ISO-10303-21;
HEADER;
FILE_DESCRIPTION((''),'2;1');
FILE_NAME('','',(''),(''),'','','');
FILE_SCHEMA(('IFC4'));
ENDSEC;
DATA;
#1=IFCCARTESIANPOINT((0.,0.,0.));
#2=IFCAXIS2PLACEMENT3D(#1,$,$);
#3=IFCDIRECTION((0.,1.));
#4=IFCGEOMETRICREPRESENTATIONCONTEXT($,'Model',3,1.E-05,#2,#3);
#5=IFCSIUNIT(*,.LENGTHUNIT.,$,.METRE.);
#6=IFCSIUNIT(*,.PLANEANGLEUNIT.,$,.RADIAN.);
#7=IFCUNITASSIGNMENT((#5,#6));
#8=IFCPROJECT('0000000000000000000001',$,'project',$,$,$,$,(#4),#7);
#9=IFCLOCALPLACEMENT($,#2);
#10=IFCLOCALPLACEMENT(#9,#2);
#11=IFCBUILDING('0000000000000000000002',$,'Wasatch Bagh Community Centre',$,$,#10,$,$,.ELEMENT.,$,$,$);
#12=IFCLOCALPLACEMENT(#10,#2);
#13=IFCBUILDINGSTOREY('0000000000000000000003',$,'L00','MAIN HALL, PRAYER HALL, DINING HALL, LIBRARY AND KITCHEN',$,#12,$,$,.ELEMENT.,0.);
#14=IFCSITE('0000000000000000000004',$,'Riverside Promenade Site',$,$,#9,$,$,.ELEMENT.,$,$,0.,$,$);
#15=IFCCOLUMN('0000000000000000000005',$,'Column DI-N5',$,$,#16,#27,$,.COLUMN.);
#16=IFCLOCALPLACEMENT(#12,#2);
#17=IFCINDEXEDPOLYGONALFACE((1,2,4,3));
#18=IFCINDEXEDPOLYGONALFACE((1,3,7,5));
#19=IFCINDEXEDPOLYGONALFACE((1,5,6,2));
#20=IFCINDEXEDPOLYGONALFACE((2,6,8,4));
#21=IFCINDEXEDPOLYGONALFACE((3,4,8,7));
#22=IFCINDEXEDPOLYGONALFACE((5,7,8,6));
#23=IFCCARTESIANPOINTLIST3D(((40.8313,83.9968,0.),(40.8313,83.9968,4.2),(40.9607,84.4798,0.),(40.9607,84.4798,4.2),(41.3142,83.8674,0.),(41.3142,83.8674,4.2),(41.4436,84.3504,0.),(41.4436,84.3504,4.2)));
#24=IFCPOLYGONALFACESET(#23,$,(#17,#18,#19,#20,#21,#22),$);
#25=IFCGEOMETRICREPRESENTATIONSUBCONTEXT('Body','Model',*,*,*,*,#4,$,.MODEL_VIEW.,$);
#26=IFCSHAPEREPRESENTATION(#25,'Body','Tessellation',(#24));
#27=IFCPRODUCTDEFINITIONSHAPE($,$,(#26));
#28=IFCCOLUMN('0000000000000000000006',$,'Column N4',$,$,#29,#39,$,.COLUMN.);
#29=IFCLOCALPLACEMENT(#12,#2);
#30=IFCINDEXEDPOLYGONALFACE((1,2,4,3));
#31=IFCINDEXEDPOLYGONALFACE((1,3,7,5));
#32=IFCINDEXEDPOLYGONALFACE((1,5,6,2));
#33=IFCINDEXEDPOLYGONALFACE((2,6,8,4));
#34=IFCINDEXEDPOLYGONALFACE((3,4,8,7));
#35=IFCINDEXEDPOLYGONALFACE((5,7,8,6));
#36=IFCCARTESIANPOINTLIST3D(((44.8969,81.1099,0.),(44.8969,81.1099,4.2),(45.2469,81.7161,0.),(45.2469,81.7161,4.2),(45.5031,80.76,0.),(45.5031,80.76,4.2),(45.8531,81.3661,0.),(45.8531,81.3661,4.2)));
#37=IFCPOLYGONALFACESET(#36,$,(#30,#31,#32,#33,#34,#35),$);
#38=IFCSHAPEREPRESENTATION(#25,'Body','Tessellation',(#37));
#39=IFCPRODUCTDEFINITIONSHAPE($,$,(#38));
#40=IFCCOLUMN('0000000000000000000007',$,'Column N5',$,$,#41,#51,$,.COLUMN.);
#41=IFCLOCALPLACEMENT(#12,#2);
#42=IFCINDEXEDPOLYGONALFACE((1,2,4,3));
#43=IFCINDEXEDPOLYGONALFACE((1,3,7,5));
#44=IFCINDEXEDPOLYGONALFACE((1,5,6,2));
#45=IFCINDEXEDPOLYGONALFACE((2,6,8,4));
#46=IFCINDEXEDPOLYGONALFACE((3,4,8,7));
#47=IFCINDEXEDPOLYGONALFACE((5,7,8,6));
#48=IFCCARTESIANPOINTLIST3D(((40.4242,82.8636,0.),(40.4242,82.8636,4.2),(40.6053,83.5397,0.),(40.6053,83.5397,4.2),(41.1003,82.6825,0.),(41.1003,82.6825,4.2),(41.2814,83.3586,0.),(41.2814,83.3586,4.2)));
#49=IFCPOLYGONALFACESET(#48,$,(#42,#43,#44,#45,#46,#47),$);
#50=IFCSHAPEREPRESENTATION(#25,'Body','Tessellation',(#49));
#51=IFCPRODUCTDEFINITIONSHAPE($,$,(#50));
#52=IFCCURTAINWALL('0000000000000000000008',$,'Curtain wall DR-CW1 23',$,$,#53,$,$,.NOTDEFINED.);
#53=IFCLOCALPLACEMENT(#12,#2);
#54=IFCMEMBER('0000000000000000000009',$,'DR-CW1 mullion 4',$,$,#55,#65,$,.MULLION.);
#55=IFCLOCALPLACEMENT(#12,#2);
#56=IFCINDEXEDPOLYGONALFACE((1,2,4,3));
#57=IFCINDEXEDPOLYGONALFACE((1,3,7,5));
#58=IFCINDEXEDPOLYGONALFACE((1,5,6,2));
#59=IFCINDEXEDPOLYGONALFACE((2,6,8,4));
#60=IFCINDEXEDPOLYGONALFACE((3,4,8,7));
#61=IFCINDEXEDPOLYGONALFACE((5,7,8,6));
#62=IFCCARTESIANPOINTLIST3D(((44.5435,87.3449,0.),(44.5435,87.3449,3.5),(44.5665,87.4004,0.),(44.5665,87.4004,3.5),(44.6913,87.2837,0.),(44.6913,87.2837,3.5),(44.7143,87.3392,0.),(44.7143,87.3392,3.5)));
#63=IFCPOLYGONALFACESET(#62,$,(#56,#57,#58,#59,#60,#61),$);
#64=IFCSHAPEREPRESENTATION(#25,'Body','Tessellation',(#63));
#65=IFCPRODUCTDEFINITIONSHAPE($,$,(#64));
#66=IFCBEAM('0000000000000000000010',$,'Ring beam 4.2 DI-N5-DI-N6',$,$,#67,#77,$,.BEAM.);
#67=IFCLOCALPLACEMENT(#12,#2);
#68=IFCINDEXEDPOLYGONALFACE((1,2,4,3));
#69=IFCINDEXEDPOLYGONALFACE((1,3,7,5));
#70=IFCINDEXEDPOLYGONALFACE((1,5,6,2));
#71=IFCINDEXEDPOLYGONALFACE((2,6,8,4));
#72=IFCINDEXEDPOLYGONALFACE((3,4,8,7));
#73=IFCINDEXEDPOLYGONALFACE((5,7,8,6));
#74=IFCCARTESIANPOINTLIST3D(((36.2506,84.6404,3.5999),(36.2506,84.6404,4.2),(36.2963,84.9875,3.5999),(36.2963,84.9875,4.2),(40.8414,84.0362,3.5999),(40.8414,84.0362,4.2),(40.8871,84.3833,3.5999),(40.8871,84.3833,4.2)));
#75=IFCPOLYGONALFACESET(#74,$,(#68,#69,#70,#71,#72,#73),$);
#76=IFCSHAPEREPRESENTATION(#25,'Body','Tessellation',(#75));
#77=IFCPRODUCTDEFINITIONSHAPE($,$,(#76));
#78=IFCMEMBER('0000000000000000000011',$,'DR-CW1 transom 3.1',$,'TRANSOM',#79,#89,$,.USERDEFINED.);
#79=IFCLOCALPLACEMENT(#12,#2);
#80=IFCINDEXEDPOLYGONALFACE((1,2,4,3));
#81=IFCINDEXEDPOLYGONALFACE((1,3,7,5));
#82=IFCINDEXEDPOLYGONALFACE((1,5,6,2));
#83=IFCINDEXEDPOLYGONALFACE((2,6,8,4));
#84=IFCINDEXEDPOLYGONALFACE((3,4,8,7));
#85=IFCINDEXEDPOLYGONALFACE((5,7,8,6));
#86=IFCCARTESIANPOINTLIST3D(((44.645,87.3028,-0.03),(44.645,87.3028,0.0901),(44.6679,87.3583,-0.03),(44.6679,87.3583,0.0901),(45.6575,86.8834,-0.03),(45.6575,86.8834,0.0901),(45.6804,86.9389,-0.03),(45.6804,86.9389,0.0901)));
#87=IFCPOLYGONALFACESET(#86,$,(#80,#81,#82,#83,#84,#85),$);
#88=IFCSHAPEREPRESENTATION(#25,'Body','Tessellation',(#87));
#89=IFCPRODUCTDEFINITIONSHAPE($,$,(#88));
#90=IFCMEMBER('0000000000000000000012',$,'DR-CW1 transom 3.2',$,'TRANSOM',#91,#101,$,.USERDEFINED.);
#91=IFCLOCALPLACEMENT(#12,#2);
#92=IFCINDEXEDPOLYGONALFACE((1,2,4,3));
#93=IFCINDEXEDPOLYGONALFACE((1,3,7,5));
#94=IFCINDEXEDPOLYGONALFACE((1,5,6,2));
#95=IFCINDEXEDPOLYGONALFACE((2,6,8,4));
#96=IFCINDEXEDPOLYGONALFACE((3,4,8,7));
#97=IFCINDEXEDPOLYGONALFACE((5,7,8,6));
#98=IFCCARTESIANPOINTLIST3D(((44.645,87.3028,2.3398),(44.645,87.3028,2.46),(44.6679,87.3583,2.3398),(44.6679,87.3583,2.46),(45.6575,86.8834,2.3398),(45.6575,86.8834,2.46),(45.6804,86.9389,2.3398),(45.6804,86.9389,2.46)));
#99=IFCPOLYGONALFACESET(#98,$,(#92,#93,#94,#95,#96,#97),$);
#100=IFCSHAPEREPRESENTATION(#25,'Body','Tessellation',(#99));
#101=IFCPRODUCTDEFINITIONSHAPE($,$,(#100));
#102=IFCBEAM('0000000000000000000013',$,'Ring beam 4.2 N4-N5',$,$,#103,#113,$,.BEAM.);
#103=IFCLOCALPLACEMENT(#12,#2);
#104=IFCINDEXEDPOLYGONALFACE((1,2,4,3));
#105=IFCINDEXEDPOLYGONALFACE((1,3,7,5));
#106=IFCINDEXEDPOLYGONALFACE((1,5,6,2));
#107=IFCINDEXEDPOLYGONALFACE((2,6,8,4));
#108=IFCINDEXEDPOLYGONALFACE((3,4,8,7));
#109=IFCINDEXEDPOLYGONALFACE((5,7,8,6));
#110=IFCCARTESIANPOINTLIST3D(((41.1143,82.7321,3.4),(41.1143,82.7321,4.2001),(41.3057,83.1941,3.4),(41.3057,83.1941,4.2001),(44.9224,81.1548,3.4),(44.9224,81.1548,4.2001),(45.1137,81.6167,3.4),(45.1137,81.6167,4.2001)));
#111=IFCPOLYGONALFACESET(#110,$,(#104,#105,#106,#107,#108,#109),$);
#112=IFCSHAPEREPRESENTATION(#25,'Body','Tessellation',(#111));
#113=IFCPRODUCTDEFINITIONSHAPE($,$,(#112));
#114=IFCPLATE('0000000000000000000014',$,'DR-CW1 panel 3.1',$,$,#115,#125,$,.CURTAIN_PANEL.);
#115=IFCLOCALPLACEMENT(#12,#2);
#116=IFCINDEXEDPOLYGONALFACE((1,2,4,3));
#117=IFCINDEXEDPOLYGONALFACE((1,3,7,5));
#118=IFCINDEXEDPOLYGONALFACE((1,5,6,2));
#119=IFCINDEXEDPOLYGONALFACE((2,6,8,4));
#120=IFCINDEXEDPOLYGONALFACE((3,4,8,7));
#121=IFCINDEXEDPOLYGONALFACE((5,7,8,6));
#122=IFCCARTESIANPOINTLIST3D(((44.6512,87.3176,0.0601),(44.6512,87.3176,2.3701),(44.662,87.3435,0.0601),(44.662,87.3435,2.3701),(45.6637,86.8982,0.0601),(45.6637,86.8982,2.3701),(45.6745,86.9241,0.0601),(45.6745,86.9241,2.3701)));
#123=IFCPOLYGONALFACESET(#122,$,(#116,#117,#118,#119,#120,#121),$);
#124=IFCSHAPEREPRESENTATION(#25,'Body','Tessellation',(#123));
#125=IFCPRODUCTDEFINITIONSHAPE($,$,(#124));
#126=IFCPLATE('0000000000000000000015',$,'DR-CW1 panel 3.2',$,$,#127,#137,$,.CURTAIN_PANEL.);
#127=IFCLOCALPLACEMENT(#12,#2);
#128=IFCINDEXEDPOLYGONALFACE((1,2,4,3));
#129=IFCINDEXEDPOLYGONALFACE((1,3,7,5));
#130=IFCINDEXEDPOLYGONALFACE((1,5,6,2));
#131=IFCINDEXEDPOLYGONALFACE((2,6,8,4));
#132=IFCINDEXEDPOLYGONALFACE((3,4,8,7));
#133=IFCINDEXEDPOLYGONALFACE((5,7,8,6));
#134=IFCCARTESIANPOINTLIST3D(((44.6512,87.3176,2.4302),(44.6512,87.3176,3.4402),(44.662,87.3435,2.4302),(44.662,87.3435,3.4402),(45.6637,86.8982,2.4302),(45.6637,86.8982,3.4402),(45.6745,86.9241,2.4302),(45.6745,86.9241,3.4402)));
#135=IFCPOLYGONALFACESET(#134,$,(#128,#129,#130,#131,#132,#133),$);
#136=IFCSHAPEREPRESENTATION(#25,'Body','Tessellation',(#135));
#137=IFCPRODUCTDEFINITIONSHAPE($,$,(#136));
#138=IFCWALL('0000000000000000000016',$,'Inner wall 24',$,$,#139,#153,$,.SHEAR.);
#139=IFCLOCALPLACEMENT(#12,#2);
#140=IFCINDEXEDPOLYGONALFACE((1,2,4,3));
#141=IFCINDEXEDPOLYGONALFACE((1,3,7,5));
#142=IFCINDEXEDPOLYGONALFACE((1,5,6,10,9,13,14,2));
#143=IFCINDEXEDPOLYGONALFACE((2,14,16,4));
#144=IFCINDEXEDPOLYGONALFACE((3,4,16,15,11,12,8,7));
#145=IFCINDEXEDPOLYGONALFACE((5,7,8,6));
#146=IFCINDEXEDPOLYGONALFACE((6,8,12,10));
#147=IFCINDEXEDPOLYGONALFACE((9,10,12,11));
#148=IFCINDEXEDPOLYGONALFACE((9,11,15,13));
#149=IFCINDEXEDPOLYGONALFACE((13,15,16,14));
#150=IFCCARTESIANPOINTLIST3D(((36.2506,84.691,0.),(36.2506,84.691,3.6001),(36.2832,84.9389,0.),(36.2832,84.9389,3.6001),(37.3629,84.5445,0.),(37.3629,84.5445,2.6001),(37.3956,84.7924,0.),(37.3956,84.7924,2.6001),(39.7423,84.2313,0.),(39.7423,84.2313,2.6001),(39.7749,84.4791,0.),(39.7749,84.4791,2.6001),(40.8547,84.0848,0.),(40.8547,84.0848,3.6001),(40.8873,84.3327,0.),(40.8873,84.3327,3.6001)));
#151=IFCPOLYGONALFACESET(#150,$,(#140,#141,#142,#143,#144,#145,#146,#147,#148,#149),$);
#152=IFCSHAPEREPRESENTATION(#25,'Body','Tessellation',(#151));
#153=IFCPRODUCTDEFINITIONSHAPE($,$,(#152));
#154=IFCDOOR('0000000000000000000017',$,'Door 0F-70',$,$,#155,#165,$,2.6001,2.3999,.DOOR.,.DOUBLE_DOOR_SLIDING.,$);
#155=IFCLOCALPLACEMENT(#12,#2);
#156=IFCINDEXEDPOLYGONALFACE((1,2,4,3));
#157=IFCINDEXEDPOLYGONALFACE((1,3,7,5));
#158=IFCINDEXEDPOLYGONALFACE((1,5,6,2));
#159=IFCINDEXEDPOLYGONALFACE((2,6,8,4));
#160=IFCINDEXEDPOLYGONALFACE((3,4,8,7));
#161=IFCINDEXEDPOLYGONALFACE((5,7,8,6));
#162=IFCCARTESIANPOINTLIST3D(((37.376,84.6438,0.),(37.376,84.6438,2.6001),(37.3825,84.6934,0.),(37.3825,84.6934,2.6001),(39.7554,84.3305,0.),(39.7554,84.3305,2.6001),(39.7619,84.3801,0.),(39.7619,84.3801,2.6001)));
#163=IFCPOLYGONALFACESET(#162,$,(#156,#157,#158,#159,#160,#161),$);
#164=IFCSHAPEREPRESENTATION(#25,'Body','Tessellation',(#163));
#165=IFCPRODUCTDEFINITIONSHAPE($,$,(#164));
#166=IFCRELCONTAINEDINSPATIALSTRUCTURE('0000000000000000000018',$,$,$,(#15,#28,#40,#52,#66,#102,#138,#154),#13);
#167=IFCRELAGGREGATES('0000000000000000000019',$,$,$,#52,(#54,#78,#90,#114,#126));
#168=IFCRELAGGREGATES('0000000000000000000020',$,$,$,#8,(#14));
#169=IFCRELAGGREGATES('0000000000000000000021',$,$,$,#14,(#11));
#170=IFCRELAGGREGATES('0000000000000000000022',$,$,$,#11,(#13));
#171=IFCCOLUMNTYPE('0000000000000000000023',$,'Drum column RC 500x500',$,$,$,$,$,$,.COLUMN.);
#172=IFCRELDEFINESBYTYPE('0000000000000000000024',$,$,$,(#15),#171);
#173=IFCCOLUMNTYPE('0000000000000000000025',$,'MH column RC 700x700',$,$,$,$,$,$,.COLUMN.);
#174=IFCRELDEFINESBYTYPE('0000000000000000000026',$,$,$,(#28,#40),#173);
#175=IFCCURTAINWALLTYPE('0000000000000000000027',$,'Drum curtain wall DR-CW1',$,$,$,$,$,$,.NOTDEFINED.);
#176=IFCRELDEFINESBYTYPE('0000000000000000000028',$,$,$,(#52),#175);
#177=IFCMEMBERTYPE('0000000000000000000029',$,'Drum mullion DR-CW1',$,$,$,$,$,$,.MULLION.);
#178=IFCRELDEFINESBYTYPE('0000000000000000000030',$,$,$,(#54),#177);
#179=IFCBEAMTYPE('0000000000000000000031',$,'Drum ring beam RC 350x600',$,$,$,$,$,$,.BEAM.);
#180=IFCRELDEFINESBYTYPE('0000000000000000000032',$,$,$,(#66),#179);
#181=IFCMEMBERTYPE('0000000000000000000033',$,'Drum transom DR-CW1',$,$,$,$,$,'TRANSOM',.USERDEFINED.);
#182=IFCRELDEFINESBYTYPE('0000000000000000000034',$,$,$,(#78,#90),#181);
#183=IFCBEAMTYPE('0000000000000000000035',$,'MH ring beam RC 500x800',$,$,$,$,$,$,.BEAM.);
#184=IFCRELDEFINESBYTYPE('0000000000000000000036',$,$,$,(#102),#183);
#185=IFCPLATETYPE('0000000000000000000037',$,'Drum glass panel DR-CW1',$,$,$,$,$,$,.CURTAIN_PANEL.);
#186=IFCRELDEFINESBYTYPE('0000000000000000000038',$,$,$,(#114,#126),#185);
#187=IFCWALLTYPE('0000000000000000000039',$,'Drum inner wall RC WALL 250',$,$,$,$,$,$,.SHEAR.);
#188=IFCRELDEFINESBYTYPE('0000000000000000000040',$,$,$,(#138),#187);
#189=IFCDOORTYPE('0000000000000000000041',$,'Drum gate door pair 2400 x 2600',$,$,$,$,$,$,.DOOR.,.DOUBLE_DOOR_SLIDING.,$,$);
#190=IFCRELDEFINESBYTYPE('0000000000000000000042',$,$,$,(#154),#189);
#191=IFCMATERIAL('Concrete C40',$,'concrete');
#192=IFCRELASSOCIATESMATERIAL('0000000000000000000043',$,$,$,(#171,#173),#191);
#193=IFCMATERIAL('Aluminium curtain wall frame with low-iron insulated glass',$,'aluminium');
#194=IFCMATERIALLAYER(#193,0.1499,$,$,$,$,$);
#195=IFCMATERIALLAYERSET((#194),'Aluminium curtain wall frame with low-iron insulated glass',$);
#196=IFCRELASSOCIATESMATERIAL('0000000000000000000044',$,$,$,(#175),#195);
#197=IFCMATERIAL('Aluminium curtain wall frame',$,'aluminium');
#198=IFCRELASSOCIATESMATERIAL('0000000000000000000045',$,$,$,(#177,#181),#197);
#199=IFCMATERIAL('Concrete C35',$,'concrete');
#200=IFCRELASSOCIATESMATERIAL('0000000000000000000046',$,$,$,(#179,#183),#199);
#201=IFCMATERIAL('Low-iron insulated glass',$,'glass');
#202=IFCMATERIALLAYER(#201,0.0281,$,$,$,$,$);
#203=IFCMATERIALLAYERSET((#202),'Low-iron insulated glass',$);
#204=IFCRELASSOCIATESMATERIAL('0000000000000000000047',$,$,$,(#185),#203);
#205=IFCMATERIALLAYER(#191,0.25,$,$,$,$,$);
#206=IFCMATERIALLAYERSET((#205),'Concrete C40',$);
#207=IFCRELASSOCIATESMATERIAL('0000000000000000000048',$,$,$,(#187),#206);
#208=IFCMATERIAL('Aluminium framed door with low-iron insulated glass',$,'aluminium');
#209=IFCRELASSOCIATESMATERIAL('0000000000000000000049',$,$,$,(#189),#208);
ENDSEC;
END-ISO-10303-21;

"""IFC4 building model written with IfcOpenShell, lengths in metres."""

from ifc_helpers import new_model, si_unit, direction, frame, frame_2d, origin, origin_2d, place, context, subcontext, project, spatial, rectangle, extrude, material, layer, layer_set, material_profile, profile_set, type_object, element, fill, aggregate, save


model = new_model("IFC4")

# Units and contexts
model_context = context("Model", 3, precision=1e-05, world=origin(), true_north=direction((0.0, 1.0)))
body_context = subcontext(model_context, "Body", "Model", "MODEL_VIEW")
ifc_project = project(units=[si_unit("LENGTHUNIT", "METRE"), si_unit("PLANEANGLEUNIT", "RADIAN")], contexts=[model_context])

# Site, building, storey
site_placement = place(None, origin())
site = spatial("IfcSite", under=ifc_project, at=site_placement, Name="Riverside Promenade Site", CompositionType="ELEMENT", RefElevation=0.0)
building_placement = place(site_placement, origin())
building = spatial("IfcBuilding", under=site, at=building_placement, Name="Wasatch Bagh Community Centre", CompositionType="ELEMENT")
storey_placement = place(building_placement, origin())
storey = spatial("IfcBuildingStorey", under=building, at=storey_placement, Name="L00", Description="MAIN HALL, PRAYER HALL, DINING HALL, LIBRARY AND KITCHEN", CompositionType="ELEMENT", Elevation=0.0)

# Shared definitions
ifc_material_1 = material(Name="Concrete C35", Category="concrete")

# Columns
ifc_material_2 = material(Name="Concrete C40", Category="concrete")
ifc_material_profile_1 = material_profile(ifc_material_2, rectangle(XDim=0.5, YDim=0.5, at=origin_2d()), Name="RC 500x500")
ifc_profile_set_1 = profile_set([ifc_material_profile_1], Name="Concrete C40")
column_type_1 = type_object("IfcColumnType", Name="Drum column RC 500x500", PredefinedType="COLUMN", material=ifc_profile_set_1)
column_placement = place(storey_placement, frame((41.1375, 84.1736, 0.0), z_axis=(0.0, 0.0, 1.0), x_axis=(0.258819, 0.965926, 0.0)))
element("IfcColumn", 1, at=column_placement, inside=storey, type_object=column_type_1, Name="Column DI-N5", PredefinedType="COLUMN", context=body_context, shape_type="SweptSolid", body=[
    extrude(rectangle(XDim=0.5, YDim=0.5, at=origin_2d()), origin(), (0.0, 0.0, 1.0), 4.2),
])
ifc_material_profile_2 = material_profile(ifc_material_2, rectangle(XDim=0.7, YDim=0.7, at=origin_2d()), Name="RC 700x700")
ifc_profile_set_2 = profile_set([ifc_material_profile_2], Name="Concrete C40")
column_type_2 = type_object("IfcColumnType", Name="MH column RC 700x700", PredefinedType="COLUMN", material=ifc_profile_set_2)
for number, where, z_axis, x_axis, name in (
    (2, (45.375, 81.238, 0.0), (0.0, 0.0, 1.0), (0.5, 0.866025, 0.0), "Column N4"),
    (3, (40.8528, 83.1111, 0.0), (0.0, 0.0, 1.0), (0.258819, 0.965926, 0.0), "Column N5"),
):
    element("IfcColumn", number, at=place(storey_placement, frame(where, z_axis=z_axis, x_axis=x_axis)), inside=storey, type_object=column_type_2, Name=name, PredefinedType="COLUMN", context=body_context, shape_type="SweptSolid", body=[
        extrude(rectangle(XDim=0.7, YDim=0.7, at=origin_2d()), origin(), (0.0, 0.0, 1.0), 4.2),
    ])

# Curtain wall, member
ifc_material_3 = material(Name="Aluminium curtain wall frame with low-iron insulated glass", Category="aluminium")
ifc_layer_1 = layer(ifc_material_3, 0.1499)
ifc_layer_set_1 = layer_set([ifc_layer_1], Name="Aluminium curtain wall frame with low-iron insulated glass")
curtain_wall_type = type_object("IfcCurtainWallType", Name="Drum curtain wall DR-CW1", PredefinedType="NOTDEFINED", material=ifc_layer_set_1)
curtain_wall_placement = place(storey_placement, origin())
curtain_wall = element("IfcCurtainWall", 4, at=curtain_wall_placement, inside=storey, type_object=curtain_wall_type, Name="Curtain wall DR-CW1 23", PredefinedType="NOTDEFINED")
ifc_material_4 = material(Name="Aluminium curtain wall frame", Category="aluminium")
ifc_material_profile_3 = material_profile(ifc_material_4, rectangle(XDim=0.0601, YDim=0.1599, at=origin_2d()), Name="Drum mullion DR-CW1")
ifc_profile_set_3 = profile_set([ifc_material_profile_3], Name="Aluminium curtain wall frame")
member_type_1 = type_object("IfcMemberType", Name="Drum mullion DR-CW1", PredefinedType="MULLION", material=ifc_profile_set_3)
member_1_placement = place(storey_placement, frame((44.6289, 87.342, 0.0), z_axis=(0.0, 0.0, 1.0), x_axis=(-0.382683, -0.92388, 0.0)))
member_1 = element("IfcMember", 5, at=member_1_placement, type_object=member_type_1, Name="DR-CW1 mullion 4", PredefinedType="MULLION", context=body_context, shape_type="SweptSolid", body=[
    extrude(rectangle(XDim=0.0601, YDim=0.1599, at=origin_2d()), origin(), (0.0, 0.0, 1.0), 3.5),
])

# Beam
ifc_material_profile_4 = material_profile(ifc_material_1, rectangle(XDim=0.3501, YDim=0.6001, at=origin_2d()), Name="RC 350x600")
ifc_profile_set_4 = profile_set([ifc_material_profile_4], Name="Concrete C35")
beam_type_1 = type_object("IfcBeamType", Name="Drum ring beam RC 350x600", PredefinedType="BEAM", material=ifc_profile_set_4)
beam_1_placement = place(storey_placement, frame((40.8643, 84.2097, 3.8999), z_axis=(-0.991449, 0.130495, 0.0), x_axis=(-0.130495, -0.991449, 0.0)))
element("IfcBeam", 6, at=beam_1_placement, inside=storey, type_object=beam_type_1, Name="Ring beam 4.2 DI-N5-DI-N6", PredefinedType="BEAM", context=body_context, shape_type="SweptSolid", body=[
    extrude(rectangle(XDim=0.3501, YDim=0.6001, at=origin_2d()), origin(), (0.0, 0.0, 1.0), 4.6304),
])

# Members
ifc_material_profile_5 = material_profile(ifc_material_4, rectangle(XDim=0.0601, YDim=0.1201, at=origin_2d()), Name="Drum transom DR-CW1")
ifc_profile_set_5 = profile_set([ifc_material_profile_5], Name="Aluminium curtain wall frame")
member_type_2 = type_object("IfcMemberType", Name="Drum transom DR-CW1", ElementType="TRANSOM", PredefinedType="USERDEFINED", material=ifc_profile_set_5)
member_2_placement = place(storey_placement, frame((45.6689, 86.9111, 0.03), z_axis=(-0.923859, 0.382732, 0.0), x_axis=(-0.382732, -0.923859, 0.0)))
member_2 = element("IfcMember", 7, at=member_2_placement, type_object=member_type_2, Name="DR-CW1 transom 3.1", ObjectType="TRANSOM", PredefinedType="USERDEFINED", context=body_context, shape_type="SweptSolid", body=[
    extrude(rectangle(XDim=0.0601, YDim=0.1201, at=origin_2d()), origin(), (0.0, 0.0, 1.0), 1.0959),
])
member_3_placement = place(storey_placement, frame((45.6689, 86.9111, 2.3999), z_axis=(-0.923859, 0.382732, 0.0), x_axis=(-0.382732, -0.923859, 0.0)))
member_3 = element("IfcMember", 8, at=member_3_placement, type_object=member_type_2, Name="DR-CW1 transom 3.2", ObjectType="TRANSOM", PredefinedType="USERDEFINED", context=body_context, shape_type="SweptSolid", body=[
    extrude(rectangle(XDim=0.0601, YDim=0.1201, at=origin_2d()), origin(), (0.0, 0.0, 1.0), 1.0959),
])

# Beam
ifc_material_profile_6 = material_profile(ifc_material_1, rectangle(XDim=0.5, YDim=0.8, at=origin_2d()), Name="RC 500x800")
ifc_profile_set_6 = profile_set([ifc_material_profile_6], Name="Concrete C35")
beam_type_2 = type_object("IfcBeamType", Name="MH ring beam RC 500x800", PredefinedType="BEAM", material=ifc_profile_set_6)
beam_2_placement = place(storey_placement, frame((45.0181, 81.3857, 3.8), z_axis=(-0.923878, 0.382688, 0.0), x_axis=(-0.382688, -0.923878, 0.0)))
element("IfcBeam", 9, at=beam_2_placement, inside=storey, type_object=beam_type_2, Name="Ring beam 4.2 N4-N5", PredefinedType="BEAM", context=body_context, shape_type="SweptSolid", body=[
    extrude(rectangle(XDim=0.5, YDim=0.8, at=origin_2d()), origin(), (0.0, 0.0, 1.0), 4.1218),
])

# Plates
ifc_material_5 = material(Name="Low-iron insulated glass", Category="glass")
ifc_layer_2 = layer(ifc_material_5, 0.0281)
ifc_layer_set_2 = layer_set([ifc_layer_2], Name="Low-iron insulated glass")
plate_type = type_object("IfcPlateType", Name="Drum glass panel DR-CW1", PredefinedType="CURTAIN_PANEL", material=ifc_layer_set_2)
plate_1_placement = place(storey_placement, frame((45.1628, 87.1208, 0.0601), z_axis=(0.0, 0.0, 1.0), x_axis=(-0.92388, 0.382683, 0.0)))
plate_1 = element("IfcPlate", 10, at=plate_1_placement, type_object=plate_type, Name="DR-CW1 panel 3.1", PredefinedType="CURTAIN_PANEL", context=body_context, shape_type="SweptSolid", body=[
    extrude(rectangle(XDim=1.0959, YDim=0.0281, at=origin_2d()), origin(), (0.0, 0.0, 1.0), 2.3101),
])
plate_2_placement = place(storey_placement, frame((45.1628, 87.1208, 2.4302), z_axis=(0.0, 0.0, 1.0), x_axis=(-0.92388, 0.382683, 0.0)))
plate_2 = element("IfcPlate", 11, at=plate_2_placement, type_object=plate_type, Name="DR-CW1 panel 3.2", PredefinedType="CURTAIN_PANEL", context=body_context, shape_type="SweptSolid", body=[
    extrude(rectangle(XDim=1.0959, YDim=0.0281, at=origin_2d()), origin(), (0.0, 0.0, 1.0), 1.01),
])
aggregate(curtain_wall, [member_1, member_2, member_3, plate_1, plate_2])

# Wall, opening, door
ifc_layer_3 = layer(ifc_material_2, 0.25)
ifc_layer_set_3 = layer_set([ifc_layer_3], Name="Concrete C40")
wall_type_1 = type_object("IfcWallType", Name="Drum inner wall RC WALL 250", PredefinedType="SHEAR", material=ifc_layer_set_3)
wall_1_placement = place(storey_placement, frame((40.8708, 84.2087, 0.0), z_axis=(0.0, 0.0, 1.0), x_axis=(-0.991443, 0.130542, 0.0)))
wall_1 = element("IfcWall", 12, at=wall_1_placement, inside=storey, type_object=wall_type_1, Name="Inner wall 24", PredefinedType="SHEAR", context=body_context, shape_type="SweptSolid", body=[
    extrude(rectangle(XDim=4.6438, YDim=0.25, at=frame_2d((2.3218, 0.0))), origin(), (0.0, 0.0, 1.0), 3.6001),
])
opening_placement = place(wall_1_placement, frame((1.1218, 0.0, 0.0)))
opening = element("IfcOpeningElement", 13, at=opening_placement, cuts=wall_1, PredefinedType="OPENING", context=body_context, shape_type="SweptSolid", body=[
    extrude(rectangle(XDim=2.3999, YDim=2.6001, at=frame_2d((1.2, 1.3))), frame((0.0, 0.135, 0.0), z_axis=(0.0, -1.0, 0.0), x_axis=(1.0, 0.0, 0.0)), (0.0, 0.0, 1.0), 0.27),
])
ifc_material_6 = material(Name="Aluminium framed door with low-iron insulated glass", Category="aluminium")
door_type = type_object("IfcDoorType", Name="Drum gate door pair 2400 x 2600", OperationType="DOUBLE_DOOR_SLIDING", PredefinedType="DOOR", material=ifc_material_6)
door_placement = place(opening_placement, origin())
door = element("IfcDoor", 14, at=door_placement, inside=storey, type_object=door_type, Name="Door 0F-70", OperationType="DOUBLE_DOOR_SLIDING", OverallHeight=2.6001, OverallWidth=2.3999, PredefinedType="DOOR", context=body_context, shape_type="SweptSolid", body=[
    extrude(rectangle(XDim=2.3999, YDim=2.6001, at=frame_2d((1.2, 1.3))), frame((0.0, 0.0249, 0.0), z_axis=(0.0, -1.0, 0.0), x_axis=(1.0, 0.0, 0.0)), (0.0, 0.0, 1.0), 0.05),
])
fill(opening, door)

save(model, "model.ifc")
